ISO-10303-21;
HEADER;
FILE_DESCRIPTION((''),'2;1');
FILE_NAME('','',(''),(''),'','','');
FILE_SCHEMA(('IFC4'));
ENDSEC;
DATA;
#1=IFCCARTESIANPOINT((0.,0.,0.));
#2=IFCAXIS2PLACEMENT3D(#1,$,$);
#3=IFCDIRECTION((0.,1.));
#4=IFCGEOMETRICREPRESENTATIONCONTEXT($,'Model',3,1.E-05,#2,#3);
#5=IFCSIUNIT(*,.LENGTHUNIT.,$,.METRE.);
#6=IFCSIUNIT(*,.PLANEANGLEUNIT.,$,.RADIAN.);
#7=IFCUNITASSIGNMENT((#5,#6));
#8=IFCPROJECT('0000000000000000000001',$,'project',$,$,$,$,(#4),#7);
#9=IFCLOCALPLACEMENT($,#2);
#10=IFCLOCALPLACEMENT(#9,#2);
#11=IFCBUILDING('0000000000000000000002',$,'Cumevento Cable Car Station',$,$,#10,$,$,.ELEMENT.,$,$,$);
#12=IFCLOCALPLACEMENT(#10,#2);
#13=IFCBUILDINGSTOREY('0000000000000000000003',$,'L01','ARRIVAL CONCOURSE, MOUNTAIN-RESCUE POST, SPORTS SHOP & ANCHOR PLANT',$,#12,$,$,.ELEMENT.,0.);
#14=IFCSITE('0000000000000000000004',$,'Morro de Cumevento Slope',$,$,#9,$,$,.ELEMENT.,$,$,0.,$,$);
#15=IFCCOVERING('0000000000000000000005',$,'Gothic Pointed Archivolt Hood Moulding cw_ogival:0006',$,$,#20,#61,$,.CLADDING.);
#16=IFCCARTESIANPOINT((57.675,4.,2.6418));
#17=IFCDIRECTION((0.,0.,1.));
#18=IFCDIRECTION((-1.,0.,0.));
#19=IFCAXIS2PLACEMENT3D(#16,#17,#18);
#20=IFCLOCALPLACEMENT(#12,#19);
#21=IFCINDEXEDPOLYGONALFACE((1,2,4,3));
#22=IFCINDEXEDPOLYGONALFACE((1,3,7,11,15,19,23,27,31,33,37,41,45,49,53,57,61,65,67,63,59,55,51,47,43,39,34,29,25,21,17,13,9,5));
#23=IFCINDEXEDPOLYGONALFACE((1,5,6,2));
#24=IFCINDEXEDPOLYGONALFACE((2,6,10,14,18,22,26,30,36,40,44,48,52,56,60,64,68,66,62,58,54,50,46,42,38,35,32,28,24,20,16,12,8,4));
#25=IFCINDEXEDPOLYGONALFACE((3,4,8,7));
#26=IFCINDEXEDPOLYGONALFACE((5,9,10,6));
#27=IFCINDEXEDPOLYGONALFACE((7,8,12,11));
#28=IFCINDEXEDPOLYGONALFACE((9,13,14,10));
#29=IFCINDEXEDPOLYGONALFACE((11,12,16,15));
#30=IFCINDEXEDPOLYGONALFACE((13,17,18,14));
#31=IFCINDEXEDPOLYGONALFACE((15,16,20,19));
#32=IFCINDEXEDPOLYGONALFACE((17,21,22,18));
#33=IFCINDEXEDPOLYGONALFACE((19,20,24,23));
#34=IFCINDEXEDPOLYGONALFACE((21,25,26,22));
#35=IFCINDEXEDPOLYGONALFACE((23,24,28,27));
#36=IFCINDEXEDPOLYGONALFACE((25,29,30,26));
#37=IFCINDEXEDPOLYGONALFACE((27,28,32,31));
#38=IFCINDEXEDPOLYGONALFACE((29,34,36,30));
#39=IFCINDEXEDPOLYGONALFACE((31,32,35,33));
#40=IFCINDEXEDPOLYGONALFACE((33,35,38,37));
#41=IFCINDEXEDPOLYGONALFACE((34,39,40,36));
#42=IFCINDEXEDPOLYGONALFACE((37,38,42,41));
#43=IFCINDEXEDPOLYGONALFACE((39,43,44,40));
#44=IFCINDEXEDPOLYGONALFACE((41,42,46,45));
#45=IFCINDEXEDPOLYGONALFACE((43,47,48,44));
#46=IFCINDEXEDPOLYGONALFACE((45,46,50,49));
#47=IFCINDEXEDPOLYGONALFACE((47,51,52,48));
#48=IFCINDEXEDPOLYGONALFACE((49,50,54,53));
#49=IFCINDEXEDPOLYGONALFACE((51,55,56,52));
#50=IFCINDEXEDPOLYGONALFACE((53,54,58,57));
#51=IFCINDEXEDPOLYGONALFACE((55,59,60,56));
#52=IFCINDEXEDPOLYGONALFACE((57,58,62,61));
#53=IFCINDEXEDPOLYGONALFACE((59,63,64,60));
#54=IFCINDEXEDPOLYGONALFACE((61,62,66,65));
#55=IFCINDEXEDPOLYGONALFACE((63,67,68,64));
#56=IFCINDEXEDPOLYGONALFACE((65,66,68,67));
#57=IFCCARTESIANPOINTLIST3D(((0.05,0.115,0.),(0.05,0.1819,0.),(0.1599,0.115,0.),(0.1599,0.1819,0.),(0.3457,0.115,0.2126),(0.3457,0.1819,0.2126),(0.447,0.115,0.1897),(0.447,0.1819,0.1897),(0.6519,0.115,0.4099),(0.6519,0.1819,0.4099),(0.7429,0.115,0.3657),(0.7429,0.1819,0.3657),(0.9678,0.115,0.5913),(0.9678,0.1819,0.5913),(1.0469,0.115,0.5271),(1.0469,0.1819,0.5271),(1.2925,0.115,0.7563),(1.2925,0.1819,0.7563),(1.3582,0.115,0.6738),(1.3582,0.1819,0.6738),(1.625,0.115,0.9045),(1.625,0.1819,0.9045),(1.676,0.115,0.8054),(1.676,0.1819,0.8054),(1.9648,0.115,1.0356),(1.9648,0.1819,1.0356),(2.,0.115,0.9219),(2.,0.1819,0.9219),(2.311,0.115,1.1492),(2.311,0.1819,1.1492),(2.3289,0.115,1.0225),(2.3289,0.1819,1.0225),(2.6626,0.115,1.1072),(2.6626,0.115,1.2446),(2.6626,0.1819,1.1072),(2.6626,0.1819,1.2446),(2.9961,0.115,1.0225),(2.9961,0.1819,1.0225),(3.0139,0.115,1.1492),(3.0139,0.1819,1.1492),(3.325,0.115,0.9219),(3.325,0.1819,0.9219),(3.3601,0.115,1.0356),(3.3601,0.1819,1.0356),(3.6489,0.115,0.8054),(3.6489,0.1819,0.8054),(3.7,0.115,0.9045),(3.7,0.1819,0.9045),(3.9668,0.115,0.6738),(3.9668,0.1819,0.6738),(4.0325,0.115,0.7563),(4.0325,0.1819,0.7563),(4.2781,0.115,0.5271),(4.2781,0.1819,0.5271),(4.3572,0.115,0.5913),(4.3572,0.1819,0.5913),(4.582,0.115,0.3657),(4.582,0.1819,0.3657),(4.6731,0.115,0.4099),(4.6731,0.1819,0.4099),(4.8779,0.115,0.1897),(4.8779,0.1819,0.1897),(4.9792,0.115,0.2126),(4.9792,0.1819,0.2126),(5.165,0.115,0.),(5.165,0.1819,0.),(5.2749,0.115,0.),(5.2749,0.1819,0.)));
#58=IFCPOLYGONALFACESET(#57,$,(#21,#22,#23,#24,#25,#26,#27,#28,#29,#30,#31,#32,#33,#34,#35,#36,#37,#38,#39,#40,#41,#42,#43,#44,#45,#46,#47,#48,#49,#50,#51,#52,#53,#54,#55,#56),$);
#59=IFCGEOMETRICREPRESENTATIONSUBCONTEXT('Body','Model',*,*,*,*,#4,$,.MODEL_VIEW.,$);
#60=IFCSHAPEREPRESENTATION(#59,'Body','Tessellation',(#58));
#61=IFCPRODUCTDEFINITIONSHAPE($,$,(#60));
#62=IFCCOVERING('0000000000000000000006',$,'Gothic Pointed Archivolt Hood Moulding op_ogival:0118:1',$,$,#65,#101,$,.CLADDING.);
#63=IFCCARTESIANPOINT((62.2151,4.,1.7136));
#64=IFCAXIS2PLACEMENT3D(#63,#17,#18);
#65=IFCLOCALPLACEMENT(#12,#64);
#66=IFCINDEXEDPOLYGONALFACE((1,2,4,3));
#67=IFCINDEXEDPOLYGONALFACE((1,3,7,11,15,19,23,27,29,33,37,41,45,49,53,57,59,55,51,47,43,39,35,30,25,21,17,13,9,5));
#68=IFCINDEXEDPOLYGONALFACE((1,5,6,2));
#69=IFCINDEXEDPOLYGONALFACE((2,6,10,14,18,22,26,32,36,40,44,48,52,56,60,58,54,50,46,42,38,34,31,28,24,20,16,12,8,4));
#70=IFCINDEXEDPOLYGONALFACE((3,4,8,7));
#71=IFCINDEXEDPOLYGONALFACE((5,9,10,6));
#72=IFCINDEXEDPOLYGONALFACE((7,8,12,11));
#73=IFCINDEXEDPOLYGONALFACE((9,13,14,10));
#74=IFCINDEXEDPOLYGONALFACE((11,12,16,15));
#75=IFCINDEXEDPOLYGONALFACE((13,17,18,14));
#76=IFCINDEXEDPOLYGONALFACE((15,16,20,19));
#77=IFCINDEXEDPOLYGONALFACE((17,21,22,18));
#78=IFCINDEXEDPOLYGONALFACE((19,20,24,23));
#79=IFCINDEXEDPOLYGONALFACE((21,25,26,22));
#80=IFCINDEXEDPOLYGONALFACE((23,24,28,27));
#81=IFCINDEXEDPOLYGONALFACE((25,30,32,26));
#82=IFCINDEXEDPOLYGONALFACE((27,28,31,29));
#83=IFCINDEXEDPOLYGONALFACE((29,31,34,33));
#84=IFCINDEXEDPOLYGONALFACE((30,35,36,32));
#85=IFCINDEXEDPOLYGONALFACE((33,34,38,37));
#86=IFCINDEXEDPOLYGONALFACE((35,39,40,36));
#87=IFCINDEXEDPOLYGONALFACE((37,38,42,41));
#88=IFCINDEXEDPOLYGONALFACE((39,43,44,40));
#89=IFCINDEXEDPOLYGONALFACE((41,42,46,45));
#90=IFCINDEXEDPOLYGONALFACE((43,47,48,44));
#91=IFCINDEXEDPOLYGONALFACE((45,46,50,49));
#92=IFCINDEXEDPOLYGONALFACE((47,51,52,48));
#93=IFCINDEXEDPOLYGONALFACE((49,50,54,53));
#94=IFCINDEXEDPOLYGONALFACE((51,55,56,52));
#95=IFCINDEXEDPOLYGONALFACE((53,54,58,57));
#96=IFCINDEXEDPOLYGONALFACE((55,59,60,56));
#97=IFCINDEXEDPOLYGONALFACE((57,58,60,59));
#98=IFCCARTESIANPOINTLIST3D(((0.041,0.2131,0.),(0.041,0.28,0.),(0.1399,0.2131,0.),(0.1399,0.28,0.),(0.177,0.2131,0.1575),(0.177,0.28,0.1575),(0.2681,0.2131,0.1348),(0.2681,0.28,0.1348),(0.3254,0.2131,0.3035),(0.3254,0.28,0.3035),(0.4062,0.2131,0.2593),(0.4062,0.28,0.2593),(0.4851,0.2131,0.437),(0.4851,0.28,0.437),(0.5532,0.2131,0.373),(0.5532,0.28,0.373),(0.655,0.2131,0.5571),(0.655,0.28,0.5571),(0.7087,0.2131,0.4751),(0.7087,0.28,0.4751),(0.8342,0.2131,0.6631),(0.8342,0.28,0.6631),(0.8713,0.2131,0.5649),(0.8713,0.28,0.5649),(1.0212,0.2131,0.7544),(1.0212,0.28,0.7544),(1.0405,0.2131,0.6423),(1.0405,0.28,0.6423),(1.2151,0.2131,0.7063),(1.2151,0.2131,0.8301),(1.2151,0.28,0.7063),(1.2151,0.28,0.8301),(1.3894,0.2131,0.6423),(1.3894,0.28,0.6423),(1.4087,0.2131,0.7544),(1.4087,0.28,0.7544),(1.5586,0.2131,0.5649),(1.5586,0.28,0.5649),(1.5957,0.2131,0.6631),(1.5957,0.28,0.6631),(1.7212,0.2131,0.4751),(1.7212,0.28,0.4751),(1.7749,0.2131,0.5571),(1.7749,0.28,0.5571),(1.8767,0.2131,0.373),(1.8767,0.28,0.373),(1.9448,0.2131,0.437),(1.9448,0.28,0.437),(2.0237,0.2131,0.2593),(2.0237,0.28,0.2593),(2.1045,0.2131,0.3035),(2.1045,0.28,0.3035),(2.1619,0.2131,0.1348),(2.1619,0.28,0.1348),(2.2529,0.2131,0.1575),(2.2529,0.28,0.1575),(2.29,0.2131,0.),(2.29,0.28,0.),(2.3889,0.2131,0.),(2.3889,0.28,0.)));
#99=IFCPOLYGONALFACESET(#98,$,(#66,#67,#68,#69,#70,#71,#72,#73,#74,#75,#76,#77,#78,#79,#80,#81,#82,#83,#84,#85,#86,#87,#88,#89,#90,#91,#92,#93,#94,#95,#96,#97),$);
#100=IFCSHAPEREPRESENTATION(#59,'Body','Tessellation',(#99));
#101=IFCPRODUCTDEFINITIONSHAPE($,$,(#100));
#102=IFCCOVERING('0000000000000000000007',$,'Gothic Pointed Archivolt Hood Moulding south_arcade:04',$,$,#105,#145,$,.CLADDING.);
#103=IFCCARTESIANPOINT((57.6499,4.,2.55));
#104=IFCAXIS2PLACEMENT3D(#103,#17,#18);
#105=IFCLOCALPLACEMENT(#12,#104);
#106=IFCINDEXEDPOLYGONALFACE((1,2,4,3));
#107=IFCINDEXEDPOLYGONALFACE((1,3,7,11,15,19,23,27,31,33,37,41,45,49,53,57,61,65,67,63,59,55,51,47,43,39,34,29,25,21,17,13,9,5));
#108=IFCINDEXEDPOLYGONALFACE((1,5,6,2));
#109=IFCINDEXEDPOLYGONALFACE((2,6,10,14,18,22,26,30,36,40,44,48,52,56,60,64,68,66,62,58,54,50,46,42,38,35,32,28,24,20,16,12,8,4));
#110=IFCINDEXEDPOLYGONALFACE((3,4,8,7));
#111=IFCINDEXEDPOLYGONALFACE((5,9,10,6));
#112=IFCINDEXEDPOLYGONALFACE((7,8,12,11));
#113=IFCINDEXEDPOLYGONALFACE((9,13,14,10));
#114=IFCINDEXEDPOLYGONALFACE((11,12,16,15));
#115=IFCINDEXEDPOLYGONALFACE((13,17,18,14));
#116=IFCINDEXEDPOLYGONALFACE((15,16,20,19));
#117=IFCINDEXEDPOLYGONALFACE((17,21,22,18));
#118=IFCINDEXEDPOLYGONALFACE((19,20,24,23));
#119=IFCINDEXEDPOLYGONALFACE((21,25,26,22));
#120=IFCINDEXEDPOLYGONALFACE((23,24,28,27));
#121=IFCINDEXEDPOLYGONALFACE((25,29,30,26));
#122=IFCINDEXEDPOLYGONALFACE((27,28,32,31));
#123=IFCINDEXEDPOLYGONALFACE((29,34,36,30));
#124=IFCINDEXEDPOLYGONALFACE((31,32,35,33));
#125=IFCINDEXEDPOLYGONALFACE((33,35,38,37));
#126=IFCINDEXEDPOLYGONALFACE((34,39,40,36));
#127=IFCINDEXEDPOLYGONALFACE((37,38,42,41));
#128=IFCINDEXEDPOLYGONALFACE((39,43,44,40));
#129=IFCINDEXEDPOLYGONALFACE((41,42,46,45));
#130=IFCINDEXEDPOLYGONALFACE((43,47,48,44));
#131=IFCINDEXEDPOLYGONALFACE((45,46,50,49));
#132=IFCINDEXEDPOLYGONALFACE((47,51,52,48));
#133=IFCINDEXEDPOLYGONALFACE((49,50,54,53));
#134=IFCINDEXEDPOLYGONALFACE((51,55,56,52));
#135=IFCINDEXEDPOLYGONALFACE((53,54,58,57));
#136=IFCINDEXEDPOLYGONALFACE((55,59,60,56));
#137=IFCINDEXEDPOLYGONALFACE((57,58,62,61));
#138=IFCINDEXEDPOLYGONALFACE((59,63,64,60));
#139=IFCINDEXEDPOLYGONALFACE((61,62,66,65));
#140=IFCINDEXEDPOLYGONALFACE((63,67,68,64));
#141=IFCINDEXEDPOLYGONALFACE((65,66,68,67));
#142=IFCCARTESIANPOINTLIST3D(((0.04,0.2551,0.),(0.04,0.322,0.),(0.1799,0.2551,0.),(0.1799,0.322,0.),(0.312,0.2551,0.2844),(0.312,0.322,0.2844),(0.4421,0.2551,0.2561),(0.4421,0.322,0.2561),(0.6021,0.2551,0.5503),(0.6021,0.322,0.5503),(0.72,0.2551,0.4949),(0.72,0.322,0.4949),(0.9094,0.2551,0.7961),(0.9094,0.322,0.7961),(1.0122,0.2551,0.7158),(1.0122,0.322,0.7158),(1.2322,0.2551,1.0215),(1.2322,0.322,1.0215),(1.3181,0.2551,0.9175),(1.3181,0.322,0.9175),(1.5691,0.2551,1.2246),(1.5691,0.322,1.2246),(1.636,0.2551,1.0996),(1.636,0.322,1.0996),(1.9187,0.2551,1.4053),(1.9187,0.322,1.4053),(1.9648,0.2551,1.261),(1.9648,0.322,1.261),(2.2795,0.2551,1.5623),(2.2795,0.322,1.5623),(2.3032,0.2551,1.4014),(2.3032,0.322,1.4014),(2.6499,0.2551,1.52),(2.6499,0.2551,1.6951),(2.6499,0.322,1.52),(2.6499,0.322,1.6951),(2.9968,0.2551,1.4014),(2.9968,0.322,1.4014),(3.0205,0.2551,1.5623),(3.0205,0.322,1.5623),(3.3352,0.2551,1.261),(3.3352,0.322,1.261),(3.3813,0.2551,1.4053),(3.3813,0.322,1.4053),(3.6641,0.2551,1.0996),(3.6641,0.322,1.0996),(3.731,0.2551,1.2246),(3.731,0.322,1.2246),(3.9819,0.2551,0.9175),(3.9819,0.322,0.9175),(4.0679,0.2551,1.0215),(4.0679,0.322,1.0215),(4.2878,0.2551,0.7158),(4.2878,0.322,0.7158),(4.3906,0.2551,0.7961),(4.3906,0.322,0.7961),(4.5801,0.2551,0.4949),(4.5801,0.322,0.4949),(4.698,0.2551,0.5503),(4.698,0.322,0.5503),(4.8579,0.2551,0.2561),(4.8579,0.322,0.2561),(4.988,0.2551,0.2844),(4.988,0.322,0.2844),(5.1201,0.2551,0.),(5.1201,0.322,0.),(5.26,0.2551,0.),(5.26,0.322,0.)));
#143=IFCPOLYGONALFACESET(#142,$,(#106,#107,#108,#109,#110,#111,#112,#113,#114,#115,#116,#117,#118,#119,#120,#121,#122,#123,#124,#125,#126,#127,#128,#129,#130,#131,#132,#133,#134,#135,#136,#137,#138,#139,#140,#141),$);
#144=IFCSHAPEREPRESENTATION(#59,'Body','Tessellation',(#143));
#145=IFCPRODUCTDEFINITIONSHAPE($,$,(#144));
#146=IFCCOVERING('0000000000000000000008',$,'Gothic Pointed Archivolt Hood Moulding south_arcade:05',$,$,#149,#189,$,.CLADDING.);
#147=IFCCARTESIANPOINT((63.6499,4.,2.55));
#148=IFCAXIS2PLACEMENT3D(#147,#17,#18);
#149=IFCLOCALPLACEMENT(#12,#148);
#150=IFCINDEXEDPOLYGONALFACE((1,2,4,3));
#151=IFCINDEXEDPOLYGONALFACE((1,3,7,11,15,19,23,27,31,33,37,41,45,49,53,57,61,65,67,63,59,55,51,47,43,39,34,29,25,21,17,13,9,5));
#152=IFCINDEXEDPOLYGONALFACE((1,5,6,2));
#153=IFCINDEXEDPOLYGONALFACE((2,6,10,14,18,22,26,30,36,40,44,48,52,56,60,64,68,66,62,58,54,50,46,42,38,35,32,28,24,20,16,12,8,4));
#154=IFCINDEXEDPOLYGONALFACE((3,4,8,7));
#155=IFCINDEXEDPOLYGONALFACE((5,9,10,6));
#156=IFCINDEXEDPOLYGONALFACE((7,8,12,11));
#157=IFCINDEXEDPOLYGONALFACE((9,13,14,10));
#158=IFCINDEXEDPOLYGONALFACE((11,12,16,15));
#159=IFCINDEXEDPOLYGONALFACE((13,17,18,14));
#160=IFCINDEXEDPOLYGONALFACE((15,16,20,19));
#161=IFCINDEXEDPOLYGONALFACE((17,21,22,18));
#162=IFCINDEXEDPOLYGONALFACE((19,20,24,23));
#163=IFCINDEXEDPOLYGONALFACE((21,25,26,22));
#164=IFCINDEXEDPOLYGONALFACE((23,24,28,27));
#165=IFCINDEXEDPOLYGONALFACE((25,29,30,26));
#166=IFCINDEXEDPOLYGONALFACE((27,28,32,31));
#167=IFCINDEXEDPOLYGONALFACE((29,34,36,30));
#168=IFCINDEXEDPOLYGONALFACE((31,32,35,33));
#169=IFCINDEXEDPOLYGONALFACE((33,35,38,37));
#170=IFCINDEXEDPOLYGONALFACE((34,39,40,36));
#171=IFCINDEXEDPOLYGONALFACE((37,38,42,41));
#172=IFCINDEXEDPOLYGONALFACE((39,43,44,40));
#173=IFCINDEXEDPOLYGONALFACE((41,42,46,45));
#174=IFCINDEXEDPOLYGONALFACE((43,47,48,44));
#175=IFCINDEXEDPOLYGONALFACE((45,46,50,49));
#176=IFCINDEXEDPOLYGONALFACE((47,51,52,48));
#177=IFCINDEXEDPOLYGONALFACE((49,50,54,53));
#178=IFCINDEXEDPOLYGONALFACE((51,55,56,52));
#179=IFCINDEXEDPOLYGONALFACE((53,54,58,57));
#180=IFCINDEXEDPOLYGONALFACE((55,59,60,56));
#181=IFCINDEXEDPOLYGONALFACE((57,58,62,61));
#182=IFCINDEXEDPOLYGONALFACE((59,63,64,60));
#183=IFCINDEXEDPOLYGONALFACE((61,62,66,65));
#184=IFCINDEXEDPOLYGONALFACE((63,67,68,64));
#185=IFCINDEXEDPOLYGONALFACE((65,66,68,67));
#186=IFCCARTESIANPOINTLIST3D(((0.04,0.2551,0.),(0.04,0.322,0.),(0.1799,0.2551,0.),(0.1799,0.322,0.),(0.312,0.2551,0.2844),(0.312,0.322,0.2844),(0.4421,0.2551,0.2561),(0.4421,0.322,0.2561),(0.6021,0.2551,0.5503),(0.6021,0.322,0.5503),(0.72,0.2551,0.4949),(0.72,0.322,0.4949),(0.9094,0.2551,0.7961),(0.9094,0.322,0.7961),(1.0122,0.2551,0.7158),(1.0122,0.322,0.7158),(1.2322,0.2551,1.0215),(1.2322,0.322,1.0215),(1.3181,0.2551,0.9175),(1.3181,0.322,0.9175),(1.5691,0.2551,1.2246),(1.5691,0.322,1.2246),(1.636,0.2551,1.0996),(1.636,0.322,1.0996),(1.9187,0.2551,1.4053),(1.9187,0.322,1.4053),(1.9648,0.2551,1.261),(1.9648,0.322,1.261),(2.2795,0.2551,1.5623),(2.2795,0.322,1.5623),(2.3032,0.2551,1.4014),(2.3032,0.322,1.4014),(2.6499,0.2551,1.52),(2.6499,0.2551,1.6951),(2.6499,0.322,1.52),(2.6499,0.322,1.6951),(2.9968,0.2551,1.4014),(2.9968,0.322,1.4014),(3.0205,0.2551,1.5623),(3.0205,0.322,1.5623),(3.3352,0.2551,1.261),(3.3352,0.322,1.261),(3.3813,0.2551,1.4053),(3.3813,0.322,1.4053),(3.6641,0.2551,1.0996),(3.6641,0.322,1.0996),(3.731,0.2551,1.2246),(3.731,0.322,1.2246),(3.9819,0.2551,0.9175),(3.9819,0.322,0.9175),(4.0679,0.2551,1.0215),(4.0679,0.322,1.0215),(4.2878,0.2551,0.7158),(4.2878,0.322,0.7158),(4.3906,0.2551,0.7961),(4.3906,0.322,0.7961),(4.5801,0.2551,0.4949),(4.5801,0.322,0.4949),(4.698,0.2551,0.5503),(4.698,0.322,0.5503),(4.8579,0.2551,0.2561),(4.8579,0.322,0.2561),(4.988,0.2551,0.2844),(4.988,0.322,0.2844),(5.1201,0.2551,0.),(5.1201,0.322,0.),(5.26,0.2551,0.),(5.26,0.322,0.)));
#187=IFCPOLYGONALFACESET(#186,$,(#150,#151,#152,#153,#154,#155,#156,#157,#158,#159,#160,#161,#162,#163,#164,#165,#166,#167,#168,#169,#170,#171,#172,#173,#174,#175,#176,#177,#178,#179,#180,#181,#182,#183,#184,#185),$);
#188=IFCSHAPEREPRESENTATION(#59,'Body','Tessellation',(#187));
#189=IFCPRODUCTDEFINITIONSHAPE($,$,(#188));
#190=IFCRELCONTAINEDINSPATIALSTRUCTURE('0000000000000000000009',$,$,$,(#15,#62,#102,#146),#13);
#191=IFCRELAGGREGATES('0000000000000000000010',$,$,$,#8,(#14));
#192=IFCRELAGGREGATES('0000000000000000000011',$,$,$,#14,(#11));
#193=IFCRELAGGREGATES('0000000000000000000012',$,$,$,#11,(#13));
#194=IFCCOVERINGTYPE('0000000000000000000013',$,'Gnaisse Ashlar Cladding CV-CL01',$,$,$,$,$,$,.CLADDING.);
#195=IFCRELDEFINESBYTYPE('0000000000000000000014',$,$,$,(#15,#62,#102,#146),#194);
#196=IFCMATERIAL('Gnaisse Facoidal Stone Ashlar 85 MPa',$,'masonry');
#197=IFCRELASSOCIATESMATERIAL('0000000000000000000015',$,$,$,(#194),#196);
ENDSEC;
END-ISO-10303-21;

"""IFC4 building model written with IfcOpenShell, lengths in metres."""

from ifc_helpers import new_model, si_unit, direction, frame, origin, place, context, subcontext, project, spatial, polyline, outline, extrude, material, type_object, element, save


model = new_model("IFC4")

# Units and contexts
model_context = context("Model", 3, precision=1e-05, world=origin(), true_north=direction((0.0, 1.0)))
body_context = subcontext(model_context, "Body", "Model", "MODEL_VIEW")
ifc_project = project(units=[si_unit("LENGTHUNIT", "METRE"), si_unit("PLANEANGLEUNIT", "RADIAN")], contexts=[model_context])

# Site, building, storey
site_placement = place(None, origin())
site = spatial("IfcSite", under=ifc_project, at=site_placement, Name="Morro de Cumevento Slope", CompositionType="ELEMENT", RefElevation=0.0)
building_placement = place(site_placement, origin())
building = spatial("IfcBuilding", under=site, at=building_placement, Name="Cumevento Cable Car Station", CompositionType="ELEMENT")
storey_placement = place(building_placement, origin())
storey = spatial("IfcBuildingStorey", under=building, at=storey_placement, Name="L01", Description="ARRIVAL CONCOURSE, MOUNTAIN-RESCUE POST, SPORTS SHOP & ANCHOR PLANT", CompositionType="ELEMENT", Elevation=0.0)

# Coverings
ifc_material_1 = material(Name="Gnaisse Facoidal Stone Ashlar 85 MPa", Category="masonry")
covering_type = type_object("IfcCoveringType", Name="Gnaisse Ashlar Cladding CV-CL01", PredefinedType="CLADDING", material=ifc_material_1)
covering_1_placement = place(storey_placement, frame((57.675, 4.0, 2.6418), z_axis=(0.0, 0.0, 1.0), x_axis=(-1.0, 0.0, 0.0)))
element("IfcCovering", 1, at=covering_1_placement, inside=storey, type_object=covering_type, Name="Gothic Pointed Archivolt Hood Moulding cw_ogival:0006", PredefinedType="CLADDING", context=body_context, shape_type="SweptSolid", body=[
    extrude(outline(polyline([(0.1599, 0.0), (0.447, 0.1897), (0.7429, 0.3657), (1.0469, 0.5271), (1.3582, 0.6738), (1.676, 0.8054), (2.0, 0.9219), (2.3289, 1.0225), (2.6626, 1.1072), (2.9961, 1.0225), (3.325, 0.9219), (3.6489, 0.8054), (3.9668, 0.6738), (4.2781, 0.5271), (4.582, 0.3657), (4.8779, 0.1897), (5.165, 0.0), (5.2749, 0.0), (4.9792, 0.2126), (4.6731, 0.4099), (4.3572, 0.5913), (4.0325, 0.7563), (3.7, 0.9045), (3.3601, 1.0356), (3.0139, 1.1492), (2.6626, 1.2446), (2.311, 1.1492), (1.9648, 1.0356), (1.625, 0.9045), (1.2925, 0.7563), (0.9678, 0.5913), (0.6519, 0.4099), (0.3457, 0.2126), (0.05, 0.0), (0.1599, 0.0)])), frame((0.0, 0.1819, 0.0), z_axis=(0.0, -1.0, 0.0), x_axis=(1.0, 0.0, 0.0)), (0.0, 0.0, 1.0), 0.0669),
])
covering_2_placement = place(storey_placement, frame((62.2151, 4.0, 1.7136), z_axis=(0.0, 0.0, 1.0), x_axis=(-1.0, 0.0, 0.0)))
element("IfcCovering", 2, at=covering_2_placement, inside=storey, type_object=covering_type, Name="Gothic Pointed Archivolt Hood Moulding op_ogival:0118:1", PredefinedType="CLADDING", context=body_context, shape_type="SweptSolid", body=[
    extrude(outline(polyline([(0.1399, 0.0), (0.2681, 0.1348), (0.4062, 0.2593), (0.5532, 0.373), (0.7087, 0.4751), (0.8713, 0.5649), (1.0405, 0.6423), (1.2151, 0.7063), (1.3894, 0.6423), (1.5586, 0.5649), (1.7212, 0.4751), (1.8767, 0.373), (2.0237, 0.2593), (2.1619, 0.1348), (2.29, 0.0), (2.3889, 0.0), (2.2529, 0.1575), (2.1045, 0.3035), (1.9448, 0.437), (1.7749, 0.5571), (1.5957, 0.6631), (1.4087, 0.7544), (1.2151, 0.8301), (1.0212, 0.7544), (0.8342, 0.6631), (0.655, 0.5571), (0.4851, 0.437), (0.3254, 0.3035), (0.177, 0.1575), (0.041, 0.0), (0.1399, 0.0)])), frame((0.0, 0.28, 0.0), z_axis=(0.0, -1.0, 0.0), x_axis=(1.0, 0.0, 0.0)), (0.0, 0.0, 1.0), 0.0669),
])
for number, where, z_axis, x_axis, name in (
    (3, (57.6499, 4.0, 2.55), (0.0, 0.0, 1.0), (-1.0, 0.0, 0.0), "Gothic Pointed Archivolt Hood Moulding south_arcade:04"),
    (4, (63.6499, 4.0, 2.55), (0.0, 0.0, 1.0), (-1.0, 0.0, 0.0), "Gothic Pointed Archivolt Hood Moulding south_arcade:05"),
):
    element("IfcCovering", number, at=place(storey_placement, frame(where, z_axis=z_axis, x_axis=x_axis)), inside=storey, type_object=covering_type, Name=name, PredefinedType="CLADDING", context=body_context, shape_type="SweptSolid", body=[
        extrude(outline(polyline([(0.1799, 0.0), (0.4421, 0.2561), (0.72, 0.4949), (1.0122, 0.7158), (1.3181, 0.9175), (1.636, 1.0996), (1.9648, 1.261), (2.3032, 1.4014), (2.6499, 1.52), (2.9968, 1.4014), (3.3352, 1.261), (3.6641, 1.0996), (3.9819, 0.9175), (4.2878, 0.7158), (4.5801, 0.4949), (4.8579, 0.2561), (5.1201, 0.0), (5.26, 0.0), (4.988, 0.2844), (4.698, 0.5503), (4.3906, 0.7961), (4.0679, 1.0215), (3.731, 1.2246), (3.3813, 1.4053), (3.0205, 1.5623), (2.6499, 1.6951), (2.2795, 1.5623), (1.9187, 1.4053), (1.5691, 1.2246), (1.2322, 1.0215), (0.9094, 0.7961), (0.6021, 0.5503), (0.312, 0.2844), (0.04, 0.0), (0.1799, 0.0)])), frame((0.0, 0.322, 0.0), z_axis=(0.0, -1.0, 0.0), x_axis=(1.0, 0.0, 0.0)), (0.0, 0.0, 1.0), 0.0669),
    ])

save(model, "model.ifc")
